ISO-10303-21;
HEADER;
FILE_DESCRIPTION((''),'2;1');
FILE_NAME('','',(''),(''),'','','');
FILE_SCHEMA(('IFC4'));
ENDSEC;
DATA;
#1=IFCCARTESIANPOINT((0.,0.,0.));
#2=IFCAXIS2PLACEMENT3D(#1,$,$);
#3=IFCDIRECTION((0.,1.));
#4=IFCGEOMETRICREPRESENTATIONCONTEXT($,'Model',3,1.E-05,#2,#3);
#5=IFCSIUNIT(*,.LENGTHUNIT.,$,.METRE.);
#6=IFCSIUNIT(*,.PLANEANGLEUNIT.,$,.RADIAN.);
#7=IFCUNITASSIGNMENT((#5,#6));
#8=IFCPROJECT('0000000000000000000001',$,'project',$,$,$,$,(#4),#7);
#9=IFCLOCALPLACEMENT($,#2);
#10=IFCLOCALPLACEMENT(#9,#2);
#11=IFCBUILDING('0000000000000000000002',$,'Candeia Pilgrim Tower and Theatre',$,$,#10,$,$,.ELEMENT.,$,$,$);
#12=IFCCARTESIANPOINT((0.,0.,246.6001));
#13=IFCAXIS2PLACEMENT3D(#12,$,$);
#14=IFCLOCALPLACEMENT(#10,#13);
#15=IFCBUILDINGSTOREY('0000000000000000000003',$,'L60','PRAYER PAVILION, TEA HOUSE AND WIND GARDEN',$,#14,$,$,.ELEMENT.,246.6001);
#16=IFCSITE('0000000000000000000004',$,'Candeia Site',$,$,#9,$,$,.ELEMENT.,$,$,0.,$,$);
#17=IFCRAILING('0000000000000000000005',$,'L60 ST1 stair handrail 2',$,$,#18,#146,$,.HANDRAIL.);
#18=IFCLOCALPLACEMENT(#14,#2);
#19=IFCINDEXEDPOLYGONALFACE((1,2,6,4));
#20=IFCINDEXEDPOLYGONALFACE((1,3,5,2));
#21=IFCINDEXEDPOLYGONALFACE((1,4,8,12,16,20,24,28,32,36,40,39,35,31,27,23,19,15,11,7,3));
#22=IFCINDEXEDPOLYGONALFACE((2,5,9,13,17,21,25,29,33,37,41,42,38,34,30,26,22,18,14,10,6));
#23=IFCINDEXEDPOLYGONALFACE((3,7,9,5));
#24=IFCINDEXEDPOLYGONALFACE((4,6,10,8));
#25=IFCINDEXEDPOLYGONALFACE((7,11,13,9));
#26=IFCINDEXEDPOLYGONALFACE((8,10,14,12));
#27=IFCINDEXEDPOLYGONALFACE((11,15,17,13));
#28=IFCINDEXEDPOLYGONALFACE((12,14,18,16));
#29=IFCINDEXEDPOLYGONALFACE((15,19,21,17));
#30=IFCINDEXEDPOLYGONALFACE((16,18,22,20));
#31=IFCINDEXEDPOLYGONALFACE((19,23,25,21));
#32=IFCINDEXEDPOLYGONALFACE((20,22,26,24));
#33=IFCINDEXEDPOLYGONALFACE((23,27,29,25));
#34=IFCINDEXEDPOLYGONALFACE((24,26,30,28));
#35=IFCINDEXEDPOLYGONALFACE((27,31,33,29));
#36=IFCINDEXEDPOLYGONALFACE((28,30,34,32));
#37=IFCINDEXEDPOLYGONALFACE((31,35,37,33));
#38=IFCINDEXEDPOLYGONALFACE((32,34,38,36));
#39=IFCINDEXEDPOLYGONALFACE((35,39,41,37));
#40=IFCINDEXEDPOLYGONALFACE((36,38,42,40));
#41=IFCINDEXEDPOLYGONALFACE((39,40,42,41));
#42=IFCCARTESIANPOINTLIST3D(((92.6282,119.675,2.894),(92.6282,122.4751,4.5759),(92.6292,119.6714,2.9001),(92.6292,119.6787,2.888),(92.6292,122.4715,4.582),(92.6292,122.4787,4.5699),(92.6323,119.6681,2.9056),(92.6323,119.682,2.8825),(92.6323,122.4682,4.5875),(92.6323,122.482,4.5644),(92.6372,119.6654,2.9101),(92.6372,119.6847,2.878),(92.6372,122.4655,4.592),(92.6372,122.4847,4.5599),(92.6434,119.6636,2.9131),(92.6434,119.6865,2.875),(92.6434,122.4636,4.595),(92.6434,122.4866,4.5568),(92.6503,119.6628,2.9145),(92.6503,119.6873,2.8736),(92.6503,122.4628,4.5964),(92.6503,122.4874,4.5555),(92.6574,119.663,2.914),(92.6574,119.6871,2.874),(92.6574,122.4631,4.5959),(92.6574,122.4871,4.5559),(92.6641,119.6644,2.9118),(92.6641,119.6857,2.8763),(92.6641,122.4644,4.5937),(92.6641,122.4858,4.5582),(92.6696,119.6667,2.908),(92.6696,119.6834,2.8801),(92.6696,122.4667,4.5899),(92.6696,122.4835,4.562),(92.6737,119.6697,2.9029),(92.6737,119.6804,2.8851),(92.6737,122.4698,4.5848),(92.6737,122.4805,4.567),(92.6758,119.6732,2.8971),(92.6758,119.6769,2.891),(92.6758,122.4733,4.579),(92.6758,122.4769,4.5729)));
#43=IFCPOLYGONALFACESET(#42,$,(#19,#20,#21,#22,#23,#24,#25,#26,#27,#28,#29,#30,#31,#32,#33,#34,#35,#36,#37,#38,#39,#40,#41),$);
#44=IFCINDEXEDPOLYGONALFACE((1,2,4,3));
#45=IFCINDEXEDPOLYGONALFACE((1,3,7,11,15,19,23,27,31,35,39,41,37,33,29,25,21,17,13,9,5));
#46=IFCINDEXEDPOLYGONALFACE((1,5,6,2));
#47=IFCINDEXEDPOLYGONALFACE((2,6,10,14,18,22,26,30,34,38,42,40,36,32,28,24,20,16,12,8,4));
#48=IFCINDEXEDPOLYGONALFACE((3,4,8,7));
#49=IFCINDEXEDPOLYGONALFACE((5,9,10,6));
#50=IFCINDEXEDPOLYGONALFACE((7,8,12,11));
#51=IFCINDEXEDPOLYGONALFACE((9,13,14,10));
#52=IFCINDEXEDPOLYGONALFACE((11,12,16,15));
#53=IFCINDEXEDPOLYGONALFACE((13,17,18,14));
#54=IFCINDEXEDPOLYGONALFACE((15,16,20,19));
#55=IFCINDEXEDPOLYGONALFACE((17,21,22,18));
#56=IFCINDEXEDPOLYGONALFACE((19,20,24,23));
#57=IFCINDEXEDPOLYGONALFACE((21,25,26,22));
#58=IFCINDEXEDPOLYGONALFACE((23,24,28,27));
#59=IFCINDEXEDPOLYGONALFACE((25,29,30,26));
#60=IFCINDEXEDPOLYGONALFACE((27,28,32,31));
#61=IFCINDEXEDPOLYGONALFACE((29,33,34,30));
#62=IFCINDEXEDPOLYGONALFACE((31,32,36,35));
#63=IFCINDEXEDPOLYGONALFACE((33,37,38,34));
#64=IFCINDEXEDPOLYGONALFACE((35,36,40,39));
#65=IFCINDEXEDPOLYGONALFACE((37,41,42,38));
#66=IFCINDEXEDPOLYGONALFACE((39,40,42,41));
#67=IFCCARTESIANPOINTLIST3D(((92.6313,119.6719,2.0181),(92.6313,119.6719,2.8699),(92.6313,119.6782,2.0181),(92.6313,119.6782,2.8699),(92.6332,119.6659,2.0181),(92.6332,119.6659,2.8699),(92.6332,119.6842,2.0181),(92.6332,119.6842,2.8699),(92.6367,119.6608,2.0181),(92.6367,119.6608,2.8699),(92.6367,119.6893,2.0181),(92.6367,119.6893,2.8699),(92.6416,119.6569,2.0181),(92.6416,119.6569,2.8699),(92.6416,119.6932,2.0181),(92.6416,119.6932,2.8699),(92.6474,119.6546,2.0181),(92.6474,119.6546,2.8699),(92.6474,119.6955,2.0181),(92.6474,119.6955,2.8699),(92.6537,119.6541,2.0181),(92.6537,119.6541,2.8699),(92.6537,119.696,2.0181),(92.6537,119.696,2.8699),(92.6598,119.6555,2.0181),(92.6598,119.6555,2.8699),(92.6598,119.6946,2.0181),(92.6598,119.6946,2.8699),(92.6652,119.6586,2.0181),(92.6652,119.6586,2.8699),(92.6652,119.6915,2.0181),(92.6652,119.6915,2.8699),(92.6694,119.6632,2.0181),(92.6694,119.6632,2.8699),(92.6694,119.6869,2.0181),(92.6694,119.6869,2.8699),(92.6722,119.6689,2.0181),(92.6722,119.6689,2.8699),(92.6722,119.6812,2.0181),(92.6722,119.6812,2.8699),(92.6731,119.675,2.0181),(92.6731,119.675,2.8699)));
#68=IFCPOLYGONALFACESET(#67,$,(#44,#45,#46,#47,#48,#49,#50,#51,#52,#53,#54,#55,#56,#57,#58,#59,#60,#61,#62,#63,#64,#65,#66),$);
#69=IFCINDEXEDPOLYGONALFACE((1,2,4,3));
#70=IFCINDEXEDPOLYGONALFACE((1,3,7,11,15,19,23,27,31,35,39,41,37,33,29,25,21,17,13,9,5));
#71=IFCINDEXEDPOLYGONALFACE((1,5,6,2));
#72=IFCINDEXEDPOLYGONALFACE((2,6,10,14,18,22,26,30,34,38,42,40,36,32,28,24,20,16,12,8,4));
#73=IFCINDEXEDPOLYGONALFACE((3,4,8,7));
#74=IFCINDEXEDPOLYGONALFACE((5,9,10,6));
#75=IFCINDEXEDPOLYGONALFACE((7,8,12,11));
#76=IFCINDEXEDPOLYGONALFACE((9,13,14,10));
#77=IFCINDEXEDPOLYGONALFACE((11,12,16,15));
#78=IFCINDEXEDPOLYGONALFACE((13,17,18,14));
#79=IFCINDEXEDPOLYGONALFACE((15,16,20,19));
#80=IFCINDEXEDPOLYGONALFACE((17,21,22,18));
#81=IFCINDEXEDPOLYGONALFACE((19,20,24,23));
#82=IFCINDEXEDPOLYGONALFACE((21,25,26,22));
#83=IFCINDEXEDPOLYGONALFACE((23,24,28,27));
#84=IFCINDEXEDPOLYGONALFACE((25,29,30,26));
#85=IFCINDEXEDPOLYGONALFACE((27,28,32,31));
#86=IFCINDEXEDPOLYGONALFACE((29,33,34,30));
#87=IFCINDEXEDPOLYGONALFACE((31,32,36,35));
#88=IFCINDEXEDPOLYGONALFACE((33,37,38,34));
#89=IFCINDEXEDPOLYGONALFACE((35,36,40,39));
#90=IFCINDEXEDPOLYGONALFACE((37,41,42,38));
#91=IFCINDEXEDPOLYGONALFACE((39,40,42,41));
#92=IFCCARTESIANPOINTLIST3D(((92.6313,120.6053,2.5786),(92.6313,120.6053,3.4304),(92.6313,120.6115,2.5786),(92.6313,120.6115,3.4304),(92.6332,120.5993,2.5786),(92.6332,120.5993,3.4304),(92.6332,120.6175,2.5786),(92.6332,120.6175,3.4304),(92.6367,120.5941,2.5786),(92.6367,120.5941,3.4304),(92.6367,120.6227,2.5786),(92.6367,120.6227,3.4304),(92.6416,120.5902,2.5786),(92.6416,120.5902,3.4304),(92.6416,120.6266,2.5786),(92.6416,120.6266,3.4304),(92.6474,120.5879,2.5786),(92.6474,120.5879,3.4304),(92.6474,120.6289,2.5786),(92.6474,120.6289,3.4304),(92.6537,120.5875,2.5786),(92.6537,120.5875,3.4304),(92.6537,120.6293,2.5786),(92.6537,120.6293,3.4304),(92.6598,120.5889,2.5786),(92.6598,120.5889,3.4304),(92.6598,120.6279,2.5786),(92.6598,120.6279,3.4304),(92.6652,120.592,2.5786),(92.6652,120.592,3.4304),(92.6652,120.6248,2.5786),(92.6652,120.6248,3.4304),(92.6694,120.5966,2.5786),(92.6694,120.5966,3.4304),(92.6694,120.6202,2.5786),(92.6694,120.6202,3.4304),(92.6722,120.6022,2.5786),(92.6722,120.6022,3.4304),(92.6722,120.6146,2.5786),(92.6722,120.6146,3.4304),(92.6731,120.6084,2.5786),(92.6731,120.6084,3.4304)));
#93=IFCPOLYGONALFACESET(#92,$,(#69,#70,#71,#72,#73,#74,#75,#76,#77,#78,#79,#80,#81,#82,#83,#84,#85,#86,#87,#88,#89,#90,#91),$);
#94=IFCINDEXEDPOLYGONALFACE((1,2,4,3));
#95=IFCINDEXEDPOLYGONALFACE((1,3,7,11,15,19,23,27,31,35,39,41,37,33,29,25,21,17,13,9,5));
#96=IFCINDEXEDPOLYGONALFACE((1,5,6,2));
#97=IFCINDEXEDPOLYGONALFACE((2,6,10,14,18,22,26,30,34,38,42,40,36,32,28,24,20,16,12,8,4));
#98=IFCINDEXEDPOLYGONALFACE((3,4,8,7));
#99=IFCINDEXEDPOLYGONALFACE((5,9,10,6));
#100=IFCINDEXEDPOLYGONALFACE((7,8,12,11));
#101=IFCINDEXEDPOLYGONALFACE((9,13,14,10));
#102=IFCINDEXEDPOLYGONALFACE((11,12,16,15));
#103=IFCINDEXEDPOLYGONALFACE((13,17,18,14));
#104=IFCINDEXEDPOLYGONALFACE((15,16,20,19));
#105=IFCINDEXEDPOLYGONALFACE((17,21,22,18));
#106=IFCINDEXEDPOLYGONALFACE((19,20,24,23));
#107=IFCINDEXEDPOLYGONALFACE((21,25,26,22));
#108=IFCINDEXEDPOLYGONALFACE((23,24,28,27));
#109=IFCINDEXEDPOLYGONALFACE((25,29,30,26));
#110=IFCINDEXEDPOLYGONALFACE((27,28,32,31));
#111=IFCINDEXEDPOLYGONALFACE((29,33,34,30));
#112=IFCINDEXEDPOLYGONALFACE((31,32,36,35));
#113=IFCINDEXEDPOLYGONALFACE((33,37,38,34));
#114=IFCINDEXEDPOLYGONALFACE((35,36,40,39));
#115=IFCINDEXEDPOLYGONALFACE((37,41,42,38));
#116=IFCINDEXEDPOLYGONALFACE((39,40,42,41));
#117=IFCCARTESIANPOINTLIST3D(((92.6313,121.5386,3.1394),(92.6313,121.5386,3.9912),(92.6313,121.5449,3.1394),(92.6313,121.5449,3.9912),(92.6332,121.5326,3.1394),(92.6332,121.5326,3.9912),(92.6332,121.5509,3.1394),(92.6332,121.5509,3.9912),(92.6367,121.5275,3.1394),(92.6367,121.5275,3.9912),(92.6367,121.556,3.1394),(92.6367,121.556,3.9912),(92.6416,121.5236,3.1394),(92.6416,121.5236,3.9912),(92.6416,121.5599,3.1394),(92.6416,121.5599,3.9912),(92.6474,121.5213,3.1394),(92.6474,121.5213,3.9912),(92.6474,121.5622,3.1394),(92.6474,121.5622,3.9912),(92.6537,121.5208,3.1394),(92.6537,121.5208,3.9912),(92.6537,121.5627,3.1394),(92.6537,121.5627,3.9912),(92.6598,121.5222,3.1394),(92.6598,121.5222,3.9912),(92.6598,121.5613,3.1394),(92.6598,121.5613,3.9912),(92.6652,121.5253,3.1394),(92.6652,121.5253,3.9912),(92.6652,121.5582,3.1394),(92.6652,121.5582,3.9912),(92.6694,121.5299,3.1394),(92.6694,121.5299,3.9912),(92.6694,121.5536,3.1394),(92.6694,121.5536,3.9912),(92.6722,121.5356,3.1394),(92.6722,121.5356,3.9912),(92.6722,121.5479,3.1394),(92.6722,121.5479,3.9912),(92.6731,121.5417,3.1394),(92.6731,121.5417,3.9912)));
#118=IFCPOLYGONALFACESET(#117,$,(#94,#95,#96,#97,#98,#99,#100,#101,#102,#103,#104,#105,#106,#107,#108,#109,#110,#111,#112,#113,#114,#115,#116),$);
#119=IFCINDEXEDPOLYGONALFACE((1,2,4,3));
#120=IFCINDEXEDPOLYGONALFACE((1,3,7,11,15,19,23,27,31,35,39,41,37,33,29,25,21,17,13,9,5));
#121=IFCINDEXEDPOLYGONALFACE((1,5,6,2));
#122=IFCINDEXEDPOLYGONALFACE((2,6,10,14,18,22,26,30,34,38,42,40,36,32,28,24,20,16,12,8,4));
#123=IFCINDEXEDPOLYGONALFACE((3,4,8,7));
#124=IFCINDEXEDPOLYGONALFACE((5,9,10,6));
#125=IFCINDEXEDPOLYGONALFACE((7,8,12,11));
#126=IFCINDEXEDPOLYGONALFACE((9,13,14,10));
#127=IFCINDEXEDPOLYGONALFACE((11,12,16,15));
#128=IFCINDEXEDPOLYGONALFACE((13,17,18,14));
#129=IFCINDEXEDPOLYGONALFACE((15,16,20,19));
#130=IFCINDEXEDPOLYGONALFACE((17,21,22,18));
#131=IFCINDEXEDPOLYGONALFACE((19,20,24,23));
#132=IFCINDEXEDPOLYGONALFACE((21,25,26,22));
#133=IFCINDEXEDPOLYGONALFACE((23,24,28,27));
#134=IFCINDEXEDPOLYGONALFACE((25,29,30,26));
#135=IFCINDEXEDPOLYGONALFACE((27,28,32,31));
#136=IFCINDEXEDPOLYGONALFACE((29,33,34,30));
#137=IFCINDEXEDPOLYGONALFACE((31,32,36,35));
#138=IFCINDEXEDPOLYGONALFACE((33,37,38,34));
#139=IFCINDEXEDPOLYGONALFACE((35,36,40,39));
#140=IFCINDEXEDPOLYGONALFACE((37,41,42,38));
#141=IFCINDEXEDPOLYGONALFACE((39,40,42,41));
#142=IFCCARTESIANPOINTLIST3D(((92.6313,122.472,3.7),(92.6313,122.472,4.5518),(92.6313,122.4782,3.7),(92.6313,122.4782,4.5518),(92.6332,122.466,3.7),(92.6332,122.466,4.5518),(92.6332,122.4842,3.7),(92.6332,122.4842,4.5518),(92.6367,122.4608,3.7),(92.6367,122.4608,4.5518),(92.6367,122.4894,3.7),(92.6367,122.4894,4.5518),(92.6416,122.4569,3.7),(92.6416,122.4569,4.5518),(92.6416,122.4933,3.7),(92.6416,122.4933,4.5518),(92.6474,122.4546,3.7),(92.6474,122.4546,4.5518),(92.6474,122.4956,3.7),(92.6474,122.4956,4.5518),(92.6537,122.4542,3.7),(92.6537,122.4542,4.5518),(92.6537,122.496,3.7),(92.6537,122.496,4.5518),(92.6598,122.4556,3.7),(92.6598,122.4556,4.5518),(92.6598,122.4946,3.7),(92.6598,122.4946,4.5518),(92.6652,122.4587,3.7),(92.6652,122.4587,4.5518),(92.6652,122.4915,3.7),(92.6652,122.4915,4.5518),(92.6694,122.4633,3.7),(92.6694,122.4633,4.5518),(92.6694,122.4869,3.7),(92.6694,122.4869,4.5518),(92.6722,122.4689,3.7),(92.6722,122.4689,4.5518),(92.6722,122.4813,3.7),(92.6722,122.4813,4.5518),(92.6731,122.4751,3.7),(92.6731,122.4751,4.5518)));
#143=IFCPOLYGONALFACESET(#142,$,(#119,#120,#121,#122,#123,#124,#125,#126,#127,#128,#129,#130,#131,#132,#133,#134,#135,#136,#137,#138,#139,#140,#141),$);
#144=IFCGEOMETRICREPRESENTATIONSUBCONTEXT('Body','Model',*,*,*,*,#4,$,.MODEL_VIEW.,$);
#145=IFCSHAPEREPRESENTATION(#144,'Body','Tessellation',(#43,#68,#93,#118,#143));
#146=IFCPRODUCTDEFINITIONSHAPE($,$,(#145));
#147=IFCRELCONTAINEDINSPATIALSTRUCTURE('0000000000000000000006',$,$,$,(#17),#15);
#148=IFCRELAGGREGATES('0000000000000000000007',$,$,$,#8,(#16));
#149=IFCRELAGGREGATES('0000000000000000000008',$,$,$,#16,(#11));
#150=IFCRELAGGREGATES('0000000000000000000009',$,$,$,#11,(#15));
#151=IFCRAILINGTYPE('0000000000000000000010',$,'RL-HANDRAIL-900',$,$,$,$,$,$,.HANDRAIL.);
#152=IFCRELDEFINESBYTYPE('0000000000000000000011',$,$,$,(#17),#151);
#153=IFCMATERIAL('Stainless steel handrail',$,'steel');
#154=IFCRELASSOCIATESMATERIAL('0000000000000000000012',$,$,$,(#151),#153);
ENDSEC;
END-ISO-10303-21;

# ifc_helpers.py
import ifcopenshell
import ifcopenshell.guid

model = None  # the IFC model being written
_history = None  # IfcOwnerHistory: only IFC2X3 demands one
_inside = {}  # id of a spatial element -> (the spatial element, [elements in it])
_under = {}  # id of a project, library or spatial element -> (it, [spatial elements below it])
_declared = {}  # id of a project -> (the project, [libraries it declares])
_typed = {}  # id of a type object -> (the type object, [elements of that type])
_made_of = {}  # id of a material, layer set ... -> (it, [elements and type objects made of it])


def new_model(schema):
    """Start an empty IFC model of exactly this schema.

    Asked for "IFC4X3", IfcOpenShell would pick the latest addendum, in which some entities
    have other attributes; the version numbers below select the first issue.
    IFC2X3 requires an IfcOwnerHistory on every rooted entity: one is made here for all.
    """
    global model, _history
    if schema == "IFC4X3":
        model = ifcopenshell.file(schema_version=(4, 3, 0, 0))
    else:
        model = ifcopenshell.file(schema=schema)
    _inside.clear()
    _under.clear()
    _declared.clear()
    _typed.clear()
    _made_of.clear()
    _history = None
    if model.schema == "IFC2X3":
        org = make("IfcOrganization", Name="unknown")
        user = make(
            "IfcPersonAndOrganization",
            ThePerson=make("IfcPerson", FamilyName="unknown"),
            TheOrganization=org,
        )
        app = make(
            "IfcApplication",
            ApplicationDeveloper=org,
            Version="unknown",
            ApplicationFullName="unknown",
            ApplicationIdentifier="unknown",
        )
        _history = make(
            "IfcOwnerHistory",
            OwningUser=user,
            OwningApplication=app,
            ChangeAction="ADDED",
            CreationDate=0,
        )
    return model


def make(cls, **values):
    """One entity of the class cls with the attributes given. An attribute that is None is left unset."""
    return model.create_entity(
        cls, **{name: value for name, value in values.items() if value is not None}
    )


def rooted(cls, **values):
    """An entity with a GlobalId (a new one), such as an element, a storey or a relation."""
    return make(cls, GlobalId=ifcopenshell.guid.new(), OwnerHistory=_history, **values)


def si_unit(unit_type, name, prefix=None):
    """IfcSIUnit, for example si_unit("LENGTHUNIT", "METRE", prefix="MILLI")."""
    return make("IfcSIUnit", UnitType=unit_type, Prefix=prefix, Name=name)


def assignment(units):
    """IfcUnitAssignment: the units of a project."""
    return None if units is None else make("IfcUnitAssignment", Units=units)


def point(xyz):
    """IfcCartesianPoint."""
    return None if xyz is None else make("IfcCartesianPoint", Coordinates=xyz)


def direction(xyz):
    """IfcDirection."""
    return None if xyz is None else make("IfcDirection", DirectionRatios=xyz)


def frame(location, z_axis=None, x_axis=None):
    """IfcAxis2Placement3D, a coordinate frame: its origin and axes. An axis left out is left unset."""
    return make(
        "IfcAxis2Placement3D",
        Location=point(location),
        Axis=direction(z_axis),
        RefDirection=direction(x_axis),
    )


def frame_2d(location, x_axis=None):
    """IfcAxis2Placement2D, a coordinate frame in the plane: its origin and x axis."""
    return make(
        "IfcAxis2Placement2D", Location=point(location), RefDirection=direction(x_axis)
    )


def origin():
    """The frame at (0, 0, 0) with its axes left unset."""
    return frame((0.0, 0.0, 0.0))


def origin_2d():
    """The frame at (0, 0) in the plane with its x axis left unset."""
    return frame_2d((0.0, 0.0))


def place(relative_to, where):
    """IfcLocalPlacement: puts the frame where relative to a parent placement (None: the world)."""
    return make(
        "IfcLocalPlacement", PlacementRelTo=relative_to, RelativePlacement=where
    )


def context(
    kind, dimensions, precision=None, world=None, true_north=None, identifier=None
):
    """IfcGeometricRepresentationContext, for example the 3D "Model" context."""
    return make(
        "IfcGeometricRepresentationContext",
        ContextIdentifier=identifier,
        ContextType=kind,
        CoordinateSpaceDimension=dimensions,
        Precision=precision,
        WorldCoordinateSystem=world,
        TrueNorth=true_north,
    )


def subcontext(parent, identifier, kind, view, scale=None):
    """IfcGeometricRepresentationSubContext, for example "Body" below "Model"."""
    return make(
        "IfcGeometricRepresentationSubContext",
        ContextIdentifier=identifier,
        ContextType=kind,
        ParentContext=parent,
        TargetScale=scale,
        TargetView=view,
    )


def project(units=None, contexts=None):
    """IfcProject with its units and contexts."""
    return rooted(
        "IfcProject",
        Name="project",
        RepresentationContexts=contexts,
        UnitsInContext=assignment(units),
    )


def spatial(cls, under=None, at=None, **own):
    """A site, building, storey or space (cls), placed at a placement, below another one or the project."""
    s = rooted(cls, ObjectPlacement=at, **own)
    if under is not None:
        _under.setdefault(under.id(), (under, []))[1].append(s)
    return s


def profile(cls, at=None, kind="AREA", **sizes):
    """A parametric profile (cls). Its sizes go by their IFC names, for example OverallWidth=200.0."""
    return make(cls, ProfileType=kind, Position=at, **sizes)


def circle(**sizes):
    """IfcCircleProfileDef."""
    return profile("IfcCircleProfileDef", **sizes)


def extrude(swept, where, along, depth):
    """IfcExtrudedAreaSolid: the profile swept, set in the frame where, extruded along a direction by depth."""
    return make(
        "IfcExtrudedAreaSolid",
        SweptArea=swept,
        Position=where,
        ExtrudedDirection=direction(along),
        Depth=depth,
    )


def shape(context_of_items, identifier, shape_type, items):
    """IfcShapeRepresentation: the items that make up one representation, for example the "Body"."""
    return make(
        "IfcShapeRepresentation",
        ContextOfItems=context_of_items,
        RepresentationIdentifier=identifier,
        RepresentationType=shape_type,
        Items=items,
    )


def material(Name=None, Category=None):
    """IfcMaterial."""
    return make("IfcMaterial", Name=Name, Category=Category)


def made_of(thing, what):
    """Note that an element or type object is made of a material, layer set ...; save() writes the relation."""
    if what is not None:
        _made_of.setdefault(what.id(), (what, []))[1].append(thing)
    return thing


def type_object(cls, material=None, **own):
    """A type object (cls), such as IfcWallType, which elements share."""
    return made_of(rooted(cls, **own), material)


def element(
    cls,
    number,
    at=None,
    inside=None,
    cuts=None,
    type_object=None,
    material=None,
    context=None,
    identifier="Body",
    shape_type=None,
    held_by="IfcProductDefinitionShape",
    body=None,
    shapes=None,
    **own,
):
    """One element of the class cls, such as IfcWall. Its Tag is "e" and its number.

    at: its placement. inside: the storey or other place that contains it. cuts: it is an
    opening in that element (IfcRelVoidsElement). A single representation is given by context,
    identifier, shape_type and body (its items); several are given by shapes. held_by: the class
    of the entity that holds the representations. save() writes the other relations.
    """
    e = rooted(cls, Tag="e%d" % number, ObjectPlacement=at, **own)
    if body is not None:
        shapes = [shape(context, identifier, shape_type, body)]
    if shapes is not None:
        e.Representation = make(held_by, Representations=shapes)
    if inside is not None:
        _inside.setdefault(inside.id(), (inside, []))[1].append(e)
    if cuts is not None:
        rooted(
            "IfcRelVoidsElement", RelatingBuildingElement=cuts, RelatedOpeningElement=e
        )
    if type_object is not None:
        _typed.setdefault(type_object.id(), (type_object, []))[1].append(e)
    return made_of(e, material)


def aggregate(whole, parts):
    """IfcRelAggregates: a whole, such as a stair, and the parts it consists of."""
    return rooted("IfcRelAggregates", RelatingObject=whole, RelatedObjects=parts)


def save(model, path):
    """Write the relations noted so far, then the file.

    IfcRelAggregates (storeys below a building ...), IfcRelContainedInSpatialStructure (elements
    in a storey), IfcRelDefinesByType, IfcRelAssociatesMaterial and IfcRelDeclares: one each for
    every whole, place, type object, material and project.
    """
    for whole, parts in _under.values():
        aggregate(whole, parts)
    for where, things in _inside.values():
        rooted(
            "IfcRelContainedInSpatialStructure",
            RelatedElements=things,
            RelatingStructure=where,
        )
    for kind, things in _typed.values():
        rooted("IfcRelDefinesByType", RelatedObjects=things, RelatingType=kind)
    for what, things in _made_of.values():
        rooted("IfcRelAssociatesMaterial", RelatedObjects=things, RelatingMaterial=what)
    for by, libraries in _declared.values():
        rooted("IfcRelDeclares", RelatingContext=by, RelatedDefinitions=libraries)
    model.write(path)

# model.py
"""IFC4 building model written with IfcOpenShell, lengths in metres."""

from ifc_helpers import new_model, si_unit, direction, frame, origin, origin_2d, place, context, subcontext, project, spatial, circle, extrude, material, type_object, element, save


model = new_model("IFC4")

# Units and contexts
model_context = context("Model", 3, precision=1e-05, world=origin(), true_north=direction((0.0, 1.0)))
body_context = subcontext(model_context, "Body", "Model", "MODEL_VIEW")
ifc_project = project(units=[si_unit("LENGTHUNIT", "METRE"), si_unit("PLANEANGLEUNIT", "RADIAN")], contexts=[model_context])

# Site, building, storey
site_placement = place(None, origin())
site = spatial("IfcSite", under=ifc_project, at=site_placement, Name="Candeia Site", CompositionType="ELEMENT", RefElevation=0.0)
building_placement = place(site_placement, origin())
building = spatial("IfcBuilding", under=site, at=building_placement, Name="Candeia Pilgrim Tower and Theatre", CompositionType="ELEMENT")
storey_placement = place(building_placement, frame((0.0, 0.0, 246.6001)))
storey = spatial("IfcBuildingStorey", under=building, at=storey_placement, Name="L60", Description="PRAYER PAVILION, TEA HOUSE AND WIND GARDEN", CompositionType="ELEMENT", Elevation=246.6001)

# Railing
ifc_material_1 = material(Name="Stainless steel handrail", Category="steel")
railing_type_1 = type_object("IfcRailingType", Name="RL-HANDRAIL-900", PredefinedType="HANDRAIL", material=ifc_material_1)
for number, where, name in (
    (1, (92.6521, 119.675, 2.0181), "L60 ST1 stair handrail 2"),
):
    element("IfcRailing", number, at=place(storey_placement, frame(where)), inside=storey, type_object=railing_type_1, Name=name, PredefinedType="HANDRAIL", context=body_context, shape_type="SweptSolid", body=[
        extrude(circle(Radius=0.0239, at=origin_2d()), frame((0.0, 0.0, 0.876), z_axis=(0.0, 0.857242, 0.514913), x_axis=(-1.0, 0.0, 0.0)), (0.0, 0.0, 1.0), 3.2664),
        extrude(circle(Radius=0.021, at=origin_2d()), origin(), (0.0, 0.0, 1.0), 0.8518),
        extrude(circle(Radius=0.021, at=origin_2d()), frame((0.0, 0.9333, 0.5605)), (0.0, 0.0, 1.0), 0.8518),
        extrude(circle(Radius=0.021, at=origin_2d()), frame((0.0, 1.8667, 1.1213)), (0.0, 0.0, 1.0), 0.8518),
        extrude(circle(Radius=0.021, at=origin_2d()), frame((0.0, 2.8, 1.6819)), (0.0, 0.0, 1.0), 0.8518),
    ])

save(model, "model.ifc")
